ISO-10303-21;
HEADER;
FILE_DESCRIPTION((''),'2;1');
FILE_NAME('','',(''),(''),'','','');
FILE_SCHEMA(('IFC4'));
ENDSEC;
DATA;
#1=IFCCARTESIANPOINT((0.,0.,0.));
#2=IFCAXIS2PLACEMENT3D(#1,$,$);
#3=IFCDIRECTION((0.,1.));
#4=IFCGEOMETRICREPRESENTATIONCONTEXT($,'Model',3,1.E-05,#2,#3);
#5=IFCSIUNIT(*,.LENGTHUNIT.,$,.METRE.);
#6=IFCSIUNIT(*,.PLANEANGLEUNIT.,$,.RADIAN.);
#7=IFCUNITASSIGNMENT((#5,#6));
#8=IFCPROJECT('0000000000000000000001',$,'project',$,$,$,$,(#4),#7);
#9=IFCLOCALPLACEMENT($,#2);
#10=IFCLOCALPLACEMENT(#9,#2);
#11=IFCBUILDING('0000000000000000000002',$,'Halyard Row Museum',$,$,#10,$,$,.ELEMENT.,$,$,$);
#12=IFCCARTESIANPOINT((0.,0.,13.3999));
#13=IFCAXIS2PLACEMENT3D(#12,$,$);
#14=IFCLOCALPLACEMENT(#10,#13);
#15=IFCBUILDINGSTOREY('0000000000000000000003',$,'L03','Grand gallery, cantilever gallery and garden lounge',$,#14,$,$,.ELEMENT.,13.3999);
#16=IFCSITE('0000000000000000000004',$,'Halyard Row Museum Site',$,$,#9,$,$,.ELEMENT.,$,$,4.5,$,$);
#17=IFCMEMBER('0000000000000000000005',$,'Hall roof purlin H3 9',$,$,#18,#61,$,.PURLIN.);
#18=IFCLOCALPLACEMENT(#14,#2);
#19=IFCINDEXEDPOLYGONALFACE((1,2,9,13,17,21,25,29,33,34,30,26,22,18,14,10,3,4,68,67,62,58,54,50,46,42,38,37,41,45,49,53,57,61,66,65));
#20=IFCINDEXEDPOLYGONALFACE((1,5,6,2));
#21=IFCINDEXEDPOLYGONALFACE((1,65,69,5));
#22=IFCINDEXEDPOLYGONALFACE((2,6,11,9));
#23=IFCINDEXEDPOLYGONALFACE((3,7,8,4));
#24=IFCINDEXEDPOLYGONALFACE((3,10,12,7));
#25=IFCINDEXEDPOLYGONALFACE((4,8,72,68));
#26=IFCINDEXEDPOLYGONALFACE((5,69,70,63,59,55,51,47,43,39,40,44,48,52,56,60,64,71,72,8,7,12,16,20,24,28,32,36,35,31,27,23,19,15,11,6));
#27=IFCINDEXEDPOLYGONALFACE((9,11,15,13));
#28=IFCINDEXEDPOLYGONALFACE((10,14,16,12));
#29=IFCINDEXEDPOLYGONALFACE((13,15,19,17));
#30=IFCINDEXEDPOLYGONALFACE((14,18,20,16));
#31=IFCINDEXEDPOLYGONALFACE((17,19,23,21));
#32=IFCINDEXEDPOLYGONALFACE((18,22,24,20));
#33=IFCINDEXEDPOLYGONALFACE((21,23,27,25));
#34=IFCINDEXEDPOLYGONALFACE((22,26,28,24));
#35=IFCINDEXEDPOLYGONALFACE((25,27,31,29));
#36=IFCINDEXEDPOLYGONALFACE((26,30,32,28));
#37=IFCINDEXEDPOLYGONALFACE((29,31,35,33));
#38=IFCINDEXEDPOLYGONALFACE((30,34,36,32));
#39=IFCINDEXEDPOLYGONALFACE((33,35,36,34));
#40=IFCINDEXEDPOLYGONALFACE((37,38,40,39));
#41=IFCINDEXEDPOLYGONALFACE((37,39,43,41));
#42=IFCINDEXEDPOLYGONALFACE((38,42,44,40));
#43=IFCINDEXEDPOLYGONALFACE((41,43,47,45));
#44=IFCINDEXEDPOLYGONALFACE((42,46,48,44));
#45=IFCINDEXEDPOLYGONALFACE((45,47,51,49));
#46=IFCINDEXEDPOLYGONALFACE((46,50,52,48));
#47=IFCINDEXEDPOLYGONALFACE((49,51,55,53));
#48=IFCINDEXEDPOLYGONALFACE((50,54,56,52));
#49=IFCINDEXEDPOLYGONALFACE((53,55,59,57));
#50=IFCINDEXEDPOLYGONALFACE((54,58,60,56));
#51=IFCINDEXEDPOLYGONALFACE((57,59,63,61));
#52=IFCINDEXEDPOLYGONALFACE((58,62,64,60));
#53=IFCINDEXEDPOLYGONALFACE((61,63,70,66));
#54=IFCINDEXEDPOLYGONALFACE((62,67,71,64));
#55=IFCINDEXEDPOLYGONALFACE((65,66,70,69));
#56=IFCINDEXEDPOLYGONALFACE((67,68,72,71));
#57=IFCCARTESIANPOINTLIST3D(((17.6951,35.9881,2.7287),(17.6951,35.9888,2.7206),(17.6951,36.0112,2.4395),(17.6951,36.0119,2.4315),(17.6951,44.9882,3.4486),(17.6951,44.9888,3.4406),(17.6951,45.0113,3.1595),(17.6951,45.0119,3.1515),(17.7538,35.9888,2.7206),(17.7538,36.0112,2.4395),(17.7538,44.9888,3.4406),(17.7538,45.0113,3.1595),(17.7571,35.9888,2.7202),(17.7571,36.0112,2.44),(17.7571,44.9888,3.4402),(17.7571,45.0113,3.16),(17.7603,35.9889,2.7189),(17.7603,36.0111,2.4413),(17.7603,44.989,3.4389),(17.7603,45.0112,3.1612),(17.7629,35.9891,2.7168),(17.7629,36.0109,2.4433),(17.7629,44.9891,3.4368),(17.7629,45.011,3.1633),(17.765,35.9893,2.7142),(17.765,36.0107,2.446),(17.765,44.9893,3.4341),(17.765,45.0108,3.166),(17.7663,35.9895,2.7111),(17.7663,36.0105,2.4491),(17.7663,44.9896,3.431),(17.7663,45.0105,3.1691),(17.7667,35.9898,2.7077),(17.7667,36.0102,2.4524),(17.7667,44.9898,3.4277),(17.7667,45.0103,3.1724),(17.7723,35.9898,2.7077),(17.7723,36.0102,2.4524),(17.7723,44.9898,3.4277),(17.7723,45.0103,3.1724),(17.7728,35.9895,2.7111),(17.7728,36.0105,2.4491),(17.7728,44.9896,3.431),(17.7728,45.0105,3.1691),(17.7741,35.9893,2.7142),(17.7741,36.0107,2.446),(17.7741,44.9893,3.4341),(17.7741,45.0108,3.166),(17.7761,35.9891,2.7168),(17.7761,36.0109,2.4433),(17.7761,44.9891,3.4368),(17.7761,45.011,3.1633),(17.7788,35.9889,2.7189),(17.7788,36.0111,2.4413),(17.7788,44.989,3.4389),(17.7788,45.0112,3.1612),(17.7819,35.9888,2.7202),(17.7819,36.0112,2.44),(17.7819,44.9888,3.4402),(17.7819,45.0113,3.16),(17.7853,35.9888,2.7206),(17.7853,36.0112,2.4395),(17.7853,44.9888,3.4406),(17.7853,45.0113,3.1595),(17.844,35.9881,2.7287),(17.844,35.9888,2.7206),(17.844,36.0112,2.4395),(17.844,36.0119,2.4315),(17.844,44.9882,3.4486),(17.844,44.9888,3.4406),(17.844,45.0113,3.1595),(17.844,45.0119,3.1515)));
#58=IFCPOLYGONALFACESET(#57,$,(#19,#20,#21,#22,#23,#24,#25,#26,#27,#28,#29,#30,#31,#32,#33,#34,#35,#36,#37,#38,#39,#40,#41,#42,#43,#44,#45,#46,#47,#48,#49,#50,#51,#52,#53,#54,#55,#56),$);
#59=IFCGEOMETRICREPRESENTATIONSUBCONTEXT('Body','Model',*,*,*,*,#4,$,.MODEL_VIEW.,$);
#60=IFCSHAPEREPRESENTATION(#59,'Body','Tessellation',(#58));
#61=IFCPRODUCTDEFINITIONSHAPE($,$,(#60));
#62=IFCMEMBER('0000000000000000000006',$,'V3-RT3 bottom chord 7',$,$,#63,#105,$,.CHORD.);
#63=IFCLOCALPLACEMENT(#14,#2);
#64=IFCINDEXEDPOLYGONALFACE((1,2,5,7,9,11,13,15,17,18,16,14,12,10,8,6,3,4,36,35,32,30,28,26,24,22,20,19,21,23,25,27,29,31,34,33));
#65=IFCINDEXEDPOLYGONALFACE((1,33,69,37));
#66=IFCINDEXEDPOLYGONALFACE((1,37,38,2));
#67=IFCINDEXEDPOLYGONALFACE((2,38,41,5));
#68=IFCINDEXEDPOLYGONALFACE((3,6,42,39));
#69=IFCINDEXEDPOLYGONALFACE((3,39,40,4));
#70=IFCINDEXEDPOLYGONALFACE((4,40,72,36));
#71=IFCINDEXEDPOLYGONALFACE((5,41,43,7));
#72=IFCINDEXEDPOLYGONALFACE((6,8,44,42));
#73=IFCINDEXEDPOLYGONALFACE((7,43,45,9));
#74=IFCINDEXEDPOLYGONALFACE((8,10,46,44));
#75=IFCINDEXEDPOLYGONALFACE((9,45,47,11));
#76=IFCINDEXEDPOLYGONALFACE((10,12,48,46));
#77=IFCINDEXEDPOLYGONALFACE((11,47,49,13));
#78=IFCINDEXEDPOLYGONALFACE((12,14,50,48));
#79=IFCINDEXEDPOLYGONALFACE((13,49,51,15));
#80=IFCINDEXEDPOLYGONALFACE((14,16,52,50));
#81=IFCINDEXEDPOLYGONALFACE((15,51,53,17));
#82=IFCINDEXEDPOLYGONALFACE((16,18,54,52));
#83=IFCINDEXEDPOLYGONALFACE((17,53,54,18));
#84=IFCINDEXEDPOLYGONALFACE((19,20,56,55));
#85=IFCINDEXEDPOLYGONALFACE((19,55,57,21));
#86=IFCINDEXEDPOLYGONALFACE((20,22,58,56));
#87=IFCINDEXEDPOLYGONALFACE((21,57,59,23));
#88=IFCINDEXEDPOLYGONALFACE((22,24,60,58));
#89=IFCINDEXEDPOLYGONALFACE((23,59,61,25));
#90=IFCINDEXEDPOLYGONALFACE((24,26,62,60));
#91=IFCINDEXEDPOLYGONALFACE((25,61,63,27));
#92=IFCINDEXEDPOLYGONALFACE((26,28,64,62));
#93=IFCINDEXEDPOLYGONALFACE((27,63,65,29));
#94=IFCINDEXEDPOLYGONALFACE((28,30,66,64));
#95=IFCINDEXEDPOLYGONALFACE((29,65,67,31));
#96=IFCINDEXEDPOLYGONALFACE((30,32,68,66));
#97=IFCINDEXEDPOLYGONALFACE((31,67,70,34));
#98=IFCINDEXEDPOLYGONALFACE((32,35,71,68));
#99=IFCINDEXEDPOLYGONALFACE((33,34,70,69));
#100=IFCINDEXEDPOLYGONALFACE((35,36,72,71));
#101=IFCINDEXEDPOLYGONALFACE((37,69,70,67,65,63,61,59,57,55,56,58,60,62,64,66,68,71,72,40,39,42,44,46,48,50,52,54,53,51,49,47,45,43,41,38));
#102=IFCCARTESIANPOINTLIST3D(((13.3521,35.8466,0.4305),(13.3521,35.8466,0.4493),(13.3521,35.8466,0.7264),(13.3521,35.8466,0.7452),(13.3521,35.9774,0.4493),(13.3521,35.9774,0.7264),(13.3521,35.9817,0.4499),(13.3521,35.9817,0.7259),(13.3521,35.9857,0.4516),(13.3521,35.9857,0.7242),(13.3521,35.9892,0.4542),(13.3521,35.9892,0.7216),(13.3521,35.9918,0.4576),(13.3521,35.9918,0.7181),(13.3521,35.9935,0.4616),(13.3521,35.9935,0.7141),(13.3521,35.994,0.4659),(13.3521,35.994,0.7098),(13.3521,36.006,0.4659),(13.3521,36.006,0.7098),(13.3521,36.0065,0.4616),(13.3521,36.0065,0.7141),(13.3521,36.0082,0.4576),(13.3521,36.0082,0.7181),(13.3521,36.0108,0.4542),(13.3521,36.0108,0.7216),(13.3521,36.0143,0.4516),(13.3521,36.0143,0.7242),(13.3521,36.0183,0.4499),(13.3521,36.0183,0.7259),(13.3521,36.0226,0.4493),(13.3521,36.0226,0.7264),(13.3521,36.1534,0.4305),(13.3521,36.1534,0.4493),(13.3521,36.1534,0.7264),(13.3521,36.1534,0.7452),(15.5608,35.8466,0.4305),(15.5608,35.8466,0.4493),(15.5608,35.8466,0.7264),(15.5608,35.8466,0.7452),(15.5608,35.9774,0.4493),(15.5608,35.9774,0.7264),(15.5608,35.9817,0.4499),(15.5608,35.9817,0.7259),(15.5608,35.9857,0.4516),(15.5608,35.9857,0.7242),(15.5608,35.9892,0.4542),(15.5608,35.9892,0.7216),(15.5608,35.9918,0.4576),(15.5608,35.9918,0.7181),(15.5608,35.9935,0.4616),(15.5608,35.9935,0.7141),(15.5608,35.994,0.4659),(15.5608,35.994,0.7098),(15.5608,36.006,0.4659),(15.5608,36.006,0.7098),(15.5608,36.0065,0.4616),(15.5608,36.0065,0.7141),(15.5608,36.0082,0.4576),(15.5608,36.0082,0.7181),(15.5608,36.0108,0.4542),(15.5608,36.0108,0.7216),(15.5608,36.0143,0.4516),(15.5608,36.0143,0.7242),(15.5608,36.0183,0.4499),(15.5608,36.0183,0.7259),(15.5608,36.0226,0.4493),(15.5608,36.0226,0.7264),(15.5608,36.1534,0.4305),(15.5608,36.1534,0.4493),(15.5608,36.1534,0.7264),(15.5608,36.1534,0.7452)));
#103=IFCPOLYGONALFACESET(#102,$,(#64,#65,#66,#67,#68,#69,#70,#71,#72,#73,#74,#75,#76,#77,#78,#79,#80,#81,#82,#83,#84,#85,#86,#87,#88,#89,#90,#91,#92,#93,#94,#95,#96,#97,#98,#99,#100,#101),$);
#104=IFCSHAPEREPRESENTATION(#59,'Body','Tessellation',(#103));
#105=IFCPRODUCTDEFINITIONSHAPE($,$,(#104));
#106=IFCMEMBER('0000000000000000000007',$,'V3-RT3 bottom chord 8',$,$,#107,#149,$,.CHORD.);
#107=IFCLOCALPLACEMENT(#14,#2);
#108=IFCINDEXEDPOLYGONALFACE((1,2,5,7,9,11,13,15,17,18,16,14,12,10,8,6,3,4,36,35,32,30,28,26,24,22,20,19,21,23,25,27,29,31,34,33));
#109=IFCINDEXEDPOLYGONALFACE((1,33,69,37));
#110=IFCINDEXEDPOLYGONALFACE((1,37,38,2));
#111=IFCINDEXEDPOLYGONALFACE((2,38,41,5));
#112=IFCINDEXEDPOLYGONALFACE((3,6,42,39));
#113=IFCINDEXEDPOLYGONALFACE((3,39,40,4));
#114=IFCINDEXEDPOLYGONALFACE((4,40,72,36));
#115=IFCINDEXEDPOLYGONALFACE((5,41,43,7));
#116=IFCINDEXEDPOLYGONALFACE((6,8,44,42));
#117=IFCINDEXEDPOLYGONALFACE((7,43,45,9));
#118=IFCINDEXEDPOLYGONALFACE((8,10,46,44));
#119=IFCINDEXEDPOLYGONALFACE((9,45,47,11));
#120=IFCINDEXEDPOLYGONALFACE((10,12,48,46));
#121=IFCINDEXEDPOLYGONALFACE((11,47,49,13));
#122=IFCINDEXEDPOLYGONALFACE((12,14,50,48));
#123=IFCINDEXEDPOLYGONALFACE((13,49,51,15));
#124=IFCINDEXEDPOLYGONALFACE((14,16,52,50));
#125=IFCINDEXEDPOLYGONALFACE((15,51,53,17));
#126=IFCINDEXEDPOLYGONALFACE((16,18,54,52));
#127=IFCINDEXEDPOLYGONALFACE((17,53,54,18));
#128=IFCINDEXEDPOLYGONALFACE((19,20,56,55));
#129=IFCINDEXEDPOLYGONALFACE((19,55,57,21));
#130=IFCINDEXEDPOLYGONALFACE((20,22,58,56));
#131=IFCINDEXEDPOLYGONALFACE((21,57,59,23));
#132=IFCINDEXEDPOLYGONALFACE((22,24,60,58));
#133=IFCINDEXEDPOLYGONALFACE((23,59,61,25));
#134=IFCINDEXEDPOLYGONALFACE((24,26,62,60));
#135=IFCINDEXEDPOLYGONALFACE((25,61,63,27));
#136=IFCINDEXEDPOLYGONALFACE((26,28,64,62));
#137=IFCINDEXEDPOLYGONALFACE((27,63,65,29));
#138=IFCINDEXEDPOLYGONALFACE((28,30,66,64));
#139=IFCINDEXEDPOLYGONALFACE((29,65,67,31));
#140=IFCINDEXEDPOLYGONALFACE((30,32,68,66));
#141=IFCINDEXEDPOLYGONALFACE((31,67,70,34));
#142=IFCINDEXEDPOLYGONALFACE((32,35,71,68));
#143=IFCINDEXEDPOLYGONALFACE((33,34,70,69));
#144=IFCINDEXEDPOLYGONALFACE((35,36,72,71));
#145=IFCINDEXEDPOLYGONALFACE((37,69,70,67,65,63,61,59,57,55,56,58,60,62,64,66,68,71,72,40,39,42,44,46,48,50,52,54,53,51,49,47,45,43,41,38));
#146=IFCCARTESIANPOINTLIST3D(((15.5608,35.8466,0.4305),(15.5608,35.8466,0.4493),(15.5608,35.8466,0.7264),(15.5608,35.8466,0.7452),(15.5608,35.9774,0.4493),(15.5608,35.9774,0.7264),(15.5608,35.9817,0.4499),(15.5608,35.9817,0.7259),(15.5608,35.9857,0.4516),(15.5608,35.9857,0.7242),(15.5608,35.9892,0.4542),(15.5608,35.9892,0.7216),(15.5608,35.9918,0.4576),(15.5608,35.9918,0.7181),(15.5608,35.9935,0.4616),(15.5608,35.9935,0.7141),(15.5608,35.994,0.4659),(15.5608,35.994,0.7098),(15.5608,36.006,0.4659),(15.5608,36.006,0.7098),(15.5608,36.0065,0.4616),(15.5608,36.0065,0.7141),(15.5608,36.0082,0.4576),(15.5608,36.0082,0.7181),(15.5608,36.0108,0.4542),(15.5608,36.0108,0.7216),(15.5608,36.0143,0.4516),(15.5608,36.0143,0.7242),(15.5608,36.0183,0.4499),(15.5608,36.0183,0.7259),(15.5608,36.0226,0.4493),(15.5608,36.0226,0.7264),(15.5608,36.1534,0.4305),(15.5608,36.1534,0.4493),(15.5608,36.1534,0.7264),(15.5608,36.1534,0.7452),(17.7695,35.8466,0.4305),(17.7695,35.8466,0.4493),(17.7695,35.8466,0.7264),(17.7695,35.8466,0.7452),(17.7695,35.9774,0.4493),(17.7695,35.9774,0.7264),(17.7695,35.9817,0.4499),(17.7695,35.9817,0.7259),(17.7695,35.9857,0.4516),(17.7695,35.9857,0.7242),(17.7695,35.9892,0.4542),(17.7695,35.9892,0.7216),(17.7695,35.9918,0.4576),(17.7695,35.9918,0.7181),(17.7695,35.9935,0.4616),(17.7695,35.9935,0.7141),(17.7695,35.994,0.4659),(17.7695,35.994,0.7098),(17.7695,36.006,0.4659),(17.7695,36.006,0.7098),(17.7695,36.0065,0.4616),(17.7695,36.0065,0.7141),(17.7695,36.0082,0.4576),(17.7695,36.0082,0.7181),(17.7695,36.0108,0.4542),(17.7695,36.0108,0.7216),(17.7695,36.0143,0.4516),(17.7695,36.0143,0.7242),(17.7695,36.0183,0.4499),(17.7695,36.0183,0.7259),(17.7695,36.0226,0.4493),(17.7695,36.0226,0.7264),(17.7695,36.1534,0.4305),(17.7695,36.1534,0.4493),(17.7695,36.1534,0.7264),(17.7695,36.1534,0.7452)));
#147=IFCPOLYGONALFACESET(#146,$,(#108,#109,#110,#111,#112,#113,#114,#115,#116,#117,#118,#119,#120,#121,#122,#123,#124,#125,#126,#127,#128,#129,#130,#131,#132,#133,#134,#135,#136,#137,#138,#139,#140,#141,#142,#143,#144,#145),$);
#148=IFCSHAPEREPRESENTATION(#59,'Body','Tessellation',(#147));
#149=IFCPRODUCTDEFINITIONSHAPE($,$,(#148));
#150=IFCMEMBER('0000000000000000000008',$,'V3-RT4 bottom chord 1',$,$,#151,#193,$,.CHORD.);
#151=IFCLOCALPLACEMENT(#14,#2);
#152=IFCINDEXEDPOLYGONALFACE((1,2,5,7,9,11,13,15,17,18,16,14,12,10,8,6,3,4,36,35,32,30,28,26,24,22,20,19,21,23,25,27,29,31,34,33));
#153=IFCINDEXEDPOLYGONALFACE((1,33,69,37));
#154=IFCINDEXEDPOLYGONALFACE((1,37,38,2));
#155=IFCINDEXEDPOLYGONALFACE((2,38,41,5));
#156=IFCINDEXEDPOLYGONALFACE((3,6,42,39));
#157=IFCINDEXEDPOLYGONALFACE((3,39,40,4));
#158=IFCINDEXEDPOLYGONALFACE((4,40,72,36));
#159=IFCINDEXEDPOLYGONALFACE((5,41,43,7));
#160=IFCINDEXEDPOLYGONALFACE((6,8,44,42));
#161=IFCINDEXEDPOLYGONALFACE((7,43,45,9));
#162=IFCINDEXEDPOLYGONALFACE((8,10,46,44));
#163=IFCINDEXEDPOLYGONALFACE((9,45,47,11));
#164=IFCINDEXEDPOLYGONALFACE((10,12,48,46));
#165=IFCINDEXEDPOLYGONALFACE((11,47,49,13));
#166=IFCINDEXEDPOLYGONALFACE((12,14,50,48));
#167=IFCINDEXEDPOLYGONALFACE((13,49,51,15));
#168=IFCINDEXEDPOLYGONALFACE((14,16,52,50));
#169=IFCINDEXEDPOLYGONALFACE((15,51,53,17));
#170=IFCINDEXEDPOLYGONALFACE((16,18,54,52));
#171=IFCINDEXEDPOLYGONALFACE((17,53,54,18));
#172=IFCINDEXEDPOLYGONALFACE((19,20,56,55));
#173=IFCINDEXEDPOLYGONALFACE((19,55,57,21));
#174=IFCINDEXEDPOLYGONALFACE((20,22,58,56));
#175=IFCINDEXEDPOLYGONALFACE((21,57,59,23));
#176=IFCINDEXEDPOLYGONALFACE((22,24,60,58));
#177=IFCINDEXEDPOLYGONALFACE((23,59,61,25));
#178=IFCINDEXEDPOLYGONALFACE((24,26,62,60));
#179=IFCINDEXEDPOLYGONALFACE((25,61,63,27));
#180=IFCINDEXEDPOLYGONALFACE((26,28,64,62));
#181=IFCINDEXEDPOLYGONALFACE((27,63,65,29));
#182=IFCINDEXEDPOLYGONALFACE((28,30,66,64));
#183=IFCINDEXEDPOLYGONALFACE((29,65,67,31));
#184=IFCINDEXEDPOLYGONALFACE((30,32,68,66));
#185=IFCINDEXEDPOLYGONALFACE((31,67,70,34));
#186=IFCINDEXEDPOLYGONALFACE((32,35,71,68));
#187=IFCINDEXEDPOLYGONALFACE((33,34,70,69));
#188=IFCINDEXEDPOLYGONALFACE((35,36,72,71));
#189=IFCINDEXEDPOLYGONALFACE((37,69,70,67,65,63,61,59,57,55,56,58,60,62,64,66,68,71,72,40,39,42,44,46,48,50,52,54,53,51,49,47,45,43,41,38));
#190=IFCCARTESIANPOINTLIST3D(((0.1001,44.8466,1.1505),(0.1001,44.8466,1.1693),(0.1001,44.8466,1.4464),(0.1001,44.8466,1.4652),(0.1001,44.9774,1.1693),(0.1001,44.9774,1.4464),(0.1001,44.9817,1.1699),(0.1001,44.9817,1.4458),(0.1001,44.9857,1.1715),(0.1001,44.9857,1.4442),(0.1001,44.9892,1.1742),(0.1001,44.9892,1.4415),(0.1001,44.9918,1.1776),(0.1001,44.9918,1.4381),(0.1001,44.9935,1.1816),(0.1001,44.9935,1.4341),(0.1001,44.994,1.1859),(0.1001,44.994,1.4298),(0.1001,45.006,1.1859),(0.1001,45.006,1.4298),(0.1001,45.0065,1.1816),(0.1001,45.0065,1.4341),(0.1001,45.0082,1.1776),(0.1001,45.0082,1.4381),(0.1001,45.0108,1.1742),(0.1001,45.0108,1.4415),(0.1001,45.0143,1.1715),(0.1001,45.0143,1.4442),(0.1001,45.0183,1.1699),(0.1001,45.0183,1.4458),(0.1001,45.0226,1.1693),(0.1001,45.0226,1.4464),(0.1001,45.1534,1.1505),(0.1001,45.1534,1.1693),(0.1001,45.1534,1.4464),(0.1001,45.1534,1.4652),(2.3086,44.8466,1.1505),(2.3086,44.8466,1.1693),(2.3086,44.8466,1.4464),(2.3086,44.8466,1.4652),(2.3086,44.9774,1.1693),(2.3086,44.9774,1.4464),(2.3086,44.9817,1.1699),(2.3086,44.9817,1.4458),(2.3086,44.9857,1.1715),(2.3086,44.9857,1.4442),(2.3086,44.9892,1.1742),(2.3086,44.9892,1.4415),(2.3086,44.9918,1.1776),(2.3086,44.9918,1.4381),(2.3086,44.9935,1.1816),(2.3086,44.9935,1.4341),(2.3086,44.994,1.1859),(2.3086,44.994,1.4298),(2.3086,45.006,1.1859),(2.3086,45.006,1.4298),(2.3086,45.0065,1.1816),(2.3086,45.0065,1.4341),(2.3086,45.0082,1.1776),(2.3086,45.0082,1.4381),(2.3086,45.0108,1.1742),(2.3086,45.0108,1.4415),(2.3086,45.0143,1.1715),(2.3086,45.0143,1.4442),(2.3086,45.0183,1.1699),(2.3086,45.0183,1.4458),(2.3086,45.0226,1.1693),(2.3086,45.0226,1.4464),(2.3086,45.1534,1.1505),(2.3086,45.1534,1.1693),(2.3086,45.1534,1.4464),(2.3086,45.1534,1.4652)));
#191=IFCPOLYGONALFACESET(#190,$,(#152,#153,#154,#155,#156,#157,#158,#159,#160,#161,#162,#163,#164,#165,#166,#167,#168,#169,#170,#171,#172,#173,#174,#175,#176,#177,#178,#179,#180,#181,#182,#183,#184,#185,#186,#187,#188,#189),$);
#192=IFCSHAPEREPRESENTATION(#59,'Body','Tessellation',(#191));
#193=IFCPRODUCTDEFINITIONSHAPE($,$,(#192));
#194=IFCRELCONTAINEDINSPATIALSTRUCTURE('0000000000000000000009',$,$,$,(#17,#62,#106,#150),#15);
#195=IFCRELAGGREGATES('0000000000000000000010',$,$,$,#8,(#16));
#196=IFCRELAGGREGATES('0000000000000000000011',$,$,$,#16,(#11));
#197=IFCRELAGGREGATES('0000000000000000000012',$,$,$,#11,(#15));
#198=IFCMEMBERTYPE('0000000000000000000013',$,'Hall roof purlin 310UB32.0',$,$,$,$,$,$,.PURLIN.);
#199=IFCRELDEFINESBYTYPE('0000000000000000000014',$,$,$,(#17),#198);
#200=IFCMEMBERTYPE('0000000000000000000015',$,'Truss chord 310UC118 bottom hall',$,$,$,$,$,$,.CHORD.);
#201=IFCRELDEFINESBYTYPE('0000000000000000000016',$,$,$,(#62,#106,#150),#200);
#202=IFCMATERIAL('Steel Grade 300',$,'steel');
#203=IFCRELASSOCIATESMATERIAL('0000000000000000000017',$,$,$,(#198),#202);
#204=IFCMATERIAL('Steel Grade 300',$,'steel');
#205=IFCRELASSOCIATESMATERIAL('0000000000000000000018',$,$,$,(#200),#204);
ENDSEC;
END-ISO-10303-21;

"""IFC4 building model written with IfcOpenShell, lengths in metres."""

from ifc_helpers import new_model, si_unit, direction, frame, origin, origin_2d, place, context, subcontext, project, spatial, i_section, extrude, material, material_profile, profile_set, type_object, element, save


model = new_model("IFC4")

# Units and contexts
model_context = context("Model", 3, precision=1e-05, world=origin(), true_north=direction((0.0, 1.0)))
body_context = subcontext(model_context, "Body", "Model", "MODEL_VIEW")
ifc_project = project(units=[si_unit("LENGTHUNIT", "METRE"), si_unit("PLANEANGLEUNIT", "RADIAN")], contexts=[model_context])

# Site, building, storey
site_placement = place(None, origin())
site = spatial("IfcSite", under=ifc_project, at=site_placement, Name="Halyard Row Museum Site", CompositionType="ELEMENT", RefElevation=4.5)
building_placement = place(site_placement, origin())
building = spatial("IfcBuilding", under=site, at=building_placement, Name="Halyard Row Museum", CompositionType="ELEMENT")
storey_placement = place(building_placement, frame((0.0, 0.0, 13.3999)))
storey = spatial("IfcBuildingStorey", under=building, at=storey_placement, Name="L03", Description="Grand gallery, cantilever gallery and garden lounge", CompositionType="ELEMENT", Elevation=13.3999)

# Members
ifc_material_1 = material(Name="Steel Grade 300", Category="steel")
ifc_material_profile_1 = material_profile(ifc_material_1, i_section(OverallWidth=0.1489, OverallDepth=0.2981, WebThickness=0.0056, FlangeThickness=0.0081, FilletRadius=0.0129, at=origin_2d()), Name="310UB32.0")
ifc_profile_set_1 = profile_set([ifc_material_profile_1], Name="Steel Grade 300")
member_type_1 = type_object("IfcMemberType", Name="Hall roof purlin 310UB32.0", PredefinedType="PURLIN", material=ifc_profile_set_1)
for number, where, z_axis, x_axis, name in (
    (1, (17.7695, 36.0, 2.5801), (0.0, 0.996816, 0.079742), (-1.0, 0.0, 0.0), "Hall roof purlin H3 9"),
):
    element("IfcMember", number, at=place(storey_placement, frame(where, z_axis=z_axis, x_axis=x_axis)), inside=storey, type_object=member_type_1, Name=name, PredefinedType="PURLIN", context=body_context, shape_type="SweptSolid", body=[
        extrude(i_section(OverallWidth=0.1489, OverallDepth=0.2981, WebThickness=0.0056, FlangeThickness=0.0081, FilletRadius=0.0129, at=origin_2d()), origin(), (0.0, 0.0, 1.0), 9.0288),
    ])
ifc_material_2 = material(Name="Steel Grade 300", Category="steel")
ifc_material_profile_2 = material_profile(ifc_material_2, i_section(OverallWidth=0.3069, OverallDepth=0.3147, WebThickness=0.012, FlangeThickness=0.0188, FilletRadius=0.0166, at=origin_2d()), Name="310UC118")
ifc_profile_set_2 = profile_set([ifc_material_profile_2], Name="Steel Grade 300")
member_type_2 = type_object("IfcMemberType", Name="Truss chord 310UC118 bottom hall", PredefinedType="CHORD", material=ifc_profile_set_2)
for number, where, z_axis, x_axis, name in (
    (2, (13.3521, 36.0, 0.5879), (1.0, 0.0, 0.0), (0.0, 1.0, 0.0), "V3-RT3 bottom chord 7"),
    (3, (15.5608, 36.0, 0.5879), (1.0, 0.0, 0.0), (0.0, 1.0, 0.0), "V3-RT3 bottom chord 8"),
):
    element("IfcMember", number, at=place(storey_placement, frame(where, z_axis=z_axis, x_axis=x_axis)), inside=storey, type_object=member_type_2, Name=name, PredefinedType="CHORD", context=body_context, shape_type="SweptSolid", body=[
        extrude(i_section(OverallWidth=0.3069, OverallDepth=0.3147, WebThickness=0.012, FlangeThickness=0.0188, FilletRadius=0.0166, at=origin_2d()), origin(), (0.0, 0.0, 1.0), 2.2087),
    ])
member_1_placement = place(storey_placement, frame((0.1001, 45.0, 1.3079), z_axis=(1.0, 0.0, 0.0), x_axis=(0.0, 1.0, 0.0)))
element("IfcMember", 4, at=member_1_placement, inside=storey, type_object=member_type_2, Name="V3-RT4 bottom chord 1", PredefinedType="CHORD", context=body_context, shape_type="SweptSolid", body=[
    extrude(i_section(OverallWidth=0.3069, OverallDepth=0.3147, WebThickness=0.012, FlangeThickness=0.0188, FilletRadius=0.0166, at=origin_2d()), origin(), (0.0, 0.0, 1.0), 2.2085),
])

save(model, "model.ifc")
